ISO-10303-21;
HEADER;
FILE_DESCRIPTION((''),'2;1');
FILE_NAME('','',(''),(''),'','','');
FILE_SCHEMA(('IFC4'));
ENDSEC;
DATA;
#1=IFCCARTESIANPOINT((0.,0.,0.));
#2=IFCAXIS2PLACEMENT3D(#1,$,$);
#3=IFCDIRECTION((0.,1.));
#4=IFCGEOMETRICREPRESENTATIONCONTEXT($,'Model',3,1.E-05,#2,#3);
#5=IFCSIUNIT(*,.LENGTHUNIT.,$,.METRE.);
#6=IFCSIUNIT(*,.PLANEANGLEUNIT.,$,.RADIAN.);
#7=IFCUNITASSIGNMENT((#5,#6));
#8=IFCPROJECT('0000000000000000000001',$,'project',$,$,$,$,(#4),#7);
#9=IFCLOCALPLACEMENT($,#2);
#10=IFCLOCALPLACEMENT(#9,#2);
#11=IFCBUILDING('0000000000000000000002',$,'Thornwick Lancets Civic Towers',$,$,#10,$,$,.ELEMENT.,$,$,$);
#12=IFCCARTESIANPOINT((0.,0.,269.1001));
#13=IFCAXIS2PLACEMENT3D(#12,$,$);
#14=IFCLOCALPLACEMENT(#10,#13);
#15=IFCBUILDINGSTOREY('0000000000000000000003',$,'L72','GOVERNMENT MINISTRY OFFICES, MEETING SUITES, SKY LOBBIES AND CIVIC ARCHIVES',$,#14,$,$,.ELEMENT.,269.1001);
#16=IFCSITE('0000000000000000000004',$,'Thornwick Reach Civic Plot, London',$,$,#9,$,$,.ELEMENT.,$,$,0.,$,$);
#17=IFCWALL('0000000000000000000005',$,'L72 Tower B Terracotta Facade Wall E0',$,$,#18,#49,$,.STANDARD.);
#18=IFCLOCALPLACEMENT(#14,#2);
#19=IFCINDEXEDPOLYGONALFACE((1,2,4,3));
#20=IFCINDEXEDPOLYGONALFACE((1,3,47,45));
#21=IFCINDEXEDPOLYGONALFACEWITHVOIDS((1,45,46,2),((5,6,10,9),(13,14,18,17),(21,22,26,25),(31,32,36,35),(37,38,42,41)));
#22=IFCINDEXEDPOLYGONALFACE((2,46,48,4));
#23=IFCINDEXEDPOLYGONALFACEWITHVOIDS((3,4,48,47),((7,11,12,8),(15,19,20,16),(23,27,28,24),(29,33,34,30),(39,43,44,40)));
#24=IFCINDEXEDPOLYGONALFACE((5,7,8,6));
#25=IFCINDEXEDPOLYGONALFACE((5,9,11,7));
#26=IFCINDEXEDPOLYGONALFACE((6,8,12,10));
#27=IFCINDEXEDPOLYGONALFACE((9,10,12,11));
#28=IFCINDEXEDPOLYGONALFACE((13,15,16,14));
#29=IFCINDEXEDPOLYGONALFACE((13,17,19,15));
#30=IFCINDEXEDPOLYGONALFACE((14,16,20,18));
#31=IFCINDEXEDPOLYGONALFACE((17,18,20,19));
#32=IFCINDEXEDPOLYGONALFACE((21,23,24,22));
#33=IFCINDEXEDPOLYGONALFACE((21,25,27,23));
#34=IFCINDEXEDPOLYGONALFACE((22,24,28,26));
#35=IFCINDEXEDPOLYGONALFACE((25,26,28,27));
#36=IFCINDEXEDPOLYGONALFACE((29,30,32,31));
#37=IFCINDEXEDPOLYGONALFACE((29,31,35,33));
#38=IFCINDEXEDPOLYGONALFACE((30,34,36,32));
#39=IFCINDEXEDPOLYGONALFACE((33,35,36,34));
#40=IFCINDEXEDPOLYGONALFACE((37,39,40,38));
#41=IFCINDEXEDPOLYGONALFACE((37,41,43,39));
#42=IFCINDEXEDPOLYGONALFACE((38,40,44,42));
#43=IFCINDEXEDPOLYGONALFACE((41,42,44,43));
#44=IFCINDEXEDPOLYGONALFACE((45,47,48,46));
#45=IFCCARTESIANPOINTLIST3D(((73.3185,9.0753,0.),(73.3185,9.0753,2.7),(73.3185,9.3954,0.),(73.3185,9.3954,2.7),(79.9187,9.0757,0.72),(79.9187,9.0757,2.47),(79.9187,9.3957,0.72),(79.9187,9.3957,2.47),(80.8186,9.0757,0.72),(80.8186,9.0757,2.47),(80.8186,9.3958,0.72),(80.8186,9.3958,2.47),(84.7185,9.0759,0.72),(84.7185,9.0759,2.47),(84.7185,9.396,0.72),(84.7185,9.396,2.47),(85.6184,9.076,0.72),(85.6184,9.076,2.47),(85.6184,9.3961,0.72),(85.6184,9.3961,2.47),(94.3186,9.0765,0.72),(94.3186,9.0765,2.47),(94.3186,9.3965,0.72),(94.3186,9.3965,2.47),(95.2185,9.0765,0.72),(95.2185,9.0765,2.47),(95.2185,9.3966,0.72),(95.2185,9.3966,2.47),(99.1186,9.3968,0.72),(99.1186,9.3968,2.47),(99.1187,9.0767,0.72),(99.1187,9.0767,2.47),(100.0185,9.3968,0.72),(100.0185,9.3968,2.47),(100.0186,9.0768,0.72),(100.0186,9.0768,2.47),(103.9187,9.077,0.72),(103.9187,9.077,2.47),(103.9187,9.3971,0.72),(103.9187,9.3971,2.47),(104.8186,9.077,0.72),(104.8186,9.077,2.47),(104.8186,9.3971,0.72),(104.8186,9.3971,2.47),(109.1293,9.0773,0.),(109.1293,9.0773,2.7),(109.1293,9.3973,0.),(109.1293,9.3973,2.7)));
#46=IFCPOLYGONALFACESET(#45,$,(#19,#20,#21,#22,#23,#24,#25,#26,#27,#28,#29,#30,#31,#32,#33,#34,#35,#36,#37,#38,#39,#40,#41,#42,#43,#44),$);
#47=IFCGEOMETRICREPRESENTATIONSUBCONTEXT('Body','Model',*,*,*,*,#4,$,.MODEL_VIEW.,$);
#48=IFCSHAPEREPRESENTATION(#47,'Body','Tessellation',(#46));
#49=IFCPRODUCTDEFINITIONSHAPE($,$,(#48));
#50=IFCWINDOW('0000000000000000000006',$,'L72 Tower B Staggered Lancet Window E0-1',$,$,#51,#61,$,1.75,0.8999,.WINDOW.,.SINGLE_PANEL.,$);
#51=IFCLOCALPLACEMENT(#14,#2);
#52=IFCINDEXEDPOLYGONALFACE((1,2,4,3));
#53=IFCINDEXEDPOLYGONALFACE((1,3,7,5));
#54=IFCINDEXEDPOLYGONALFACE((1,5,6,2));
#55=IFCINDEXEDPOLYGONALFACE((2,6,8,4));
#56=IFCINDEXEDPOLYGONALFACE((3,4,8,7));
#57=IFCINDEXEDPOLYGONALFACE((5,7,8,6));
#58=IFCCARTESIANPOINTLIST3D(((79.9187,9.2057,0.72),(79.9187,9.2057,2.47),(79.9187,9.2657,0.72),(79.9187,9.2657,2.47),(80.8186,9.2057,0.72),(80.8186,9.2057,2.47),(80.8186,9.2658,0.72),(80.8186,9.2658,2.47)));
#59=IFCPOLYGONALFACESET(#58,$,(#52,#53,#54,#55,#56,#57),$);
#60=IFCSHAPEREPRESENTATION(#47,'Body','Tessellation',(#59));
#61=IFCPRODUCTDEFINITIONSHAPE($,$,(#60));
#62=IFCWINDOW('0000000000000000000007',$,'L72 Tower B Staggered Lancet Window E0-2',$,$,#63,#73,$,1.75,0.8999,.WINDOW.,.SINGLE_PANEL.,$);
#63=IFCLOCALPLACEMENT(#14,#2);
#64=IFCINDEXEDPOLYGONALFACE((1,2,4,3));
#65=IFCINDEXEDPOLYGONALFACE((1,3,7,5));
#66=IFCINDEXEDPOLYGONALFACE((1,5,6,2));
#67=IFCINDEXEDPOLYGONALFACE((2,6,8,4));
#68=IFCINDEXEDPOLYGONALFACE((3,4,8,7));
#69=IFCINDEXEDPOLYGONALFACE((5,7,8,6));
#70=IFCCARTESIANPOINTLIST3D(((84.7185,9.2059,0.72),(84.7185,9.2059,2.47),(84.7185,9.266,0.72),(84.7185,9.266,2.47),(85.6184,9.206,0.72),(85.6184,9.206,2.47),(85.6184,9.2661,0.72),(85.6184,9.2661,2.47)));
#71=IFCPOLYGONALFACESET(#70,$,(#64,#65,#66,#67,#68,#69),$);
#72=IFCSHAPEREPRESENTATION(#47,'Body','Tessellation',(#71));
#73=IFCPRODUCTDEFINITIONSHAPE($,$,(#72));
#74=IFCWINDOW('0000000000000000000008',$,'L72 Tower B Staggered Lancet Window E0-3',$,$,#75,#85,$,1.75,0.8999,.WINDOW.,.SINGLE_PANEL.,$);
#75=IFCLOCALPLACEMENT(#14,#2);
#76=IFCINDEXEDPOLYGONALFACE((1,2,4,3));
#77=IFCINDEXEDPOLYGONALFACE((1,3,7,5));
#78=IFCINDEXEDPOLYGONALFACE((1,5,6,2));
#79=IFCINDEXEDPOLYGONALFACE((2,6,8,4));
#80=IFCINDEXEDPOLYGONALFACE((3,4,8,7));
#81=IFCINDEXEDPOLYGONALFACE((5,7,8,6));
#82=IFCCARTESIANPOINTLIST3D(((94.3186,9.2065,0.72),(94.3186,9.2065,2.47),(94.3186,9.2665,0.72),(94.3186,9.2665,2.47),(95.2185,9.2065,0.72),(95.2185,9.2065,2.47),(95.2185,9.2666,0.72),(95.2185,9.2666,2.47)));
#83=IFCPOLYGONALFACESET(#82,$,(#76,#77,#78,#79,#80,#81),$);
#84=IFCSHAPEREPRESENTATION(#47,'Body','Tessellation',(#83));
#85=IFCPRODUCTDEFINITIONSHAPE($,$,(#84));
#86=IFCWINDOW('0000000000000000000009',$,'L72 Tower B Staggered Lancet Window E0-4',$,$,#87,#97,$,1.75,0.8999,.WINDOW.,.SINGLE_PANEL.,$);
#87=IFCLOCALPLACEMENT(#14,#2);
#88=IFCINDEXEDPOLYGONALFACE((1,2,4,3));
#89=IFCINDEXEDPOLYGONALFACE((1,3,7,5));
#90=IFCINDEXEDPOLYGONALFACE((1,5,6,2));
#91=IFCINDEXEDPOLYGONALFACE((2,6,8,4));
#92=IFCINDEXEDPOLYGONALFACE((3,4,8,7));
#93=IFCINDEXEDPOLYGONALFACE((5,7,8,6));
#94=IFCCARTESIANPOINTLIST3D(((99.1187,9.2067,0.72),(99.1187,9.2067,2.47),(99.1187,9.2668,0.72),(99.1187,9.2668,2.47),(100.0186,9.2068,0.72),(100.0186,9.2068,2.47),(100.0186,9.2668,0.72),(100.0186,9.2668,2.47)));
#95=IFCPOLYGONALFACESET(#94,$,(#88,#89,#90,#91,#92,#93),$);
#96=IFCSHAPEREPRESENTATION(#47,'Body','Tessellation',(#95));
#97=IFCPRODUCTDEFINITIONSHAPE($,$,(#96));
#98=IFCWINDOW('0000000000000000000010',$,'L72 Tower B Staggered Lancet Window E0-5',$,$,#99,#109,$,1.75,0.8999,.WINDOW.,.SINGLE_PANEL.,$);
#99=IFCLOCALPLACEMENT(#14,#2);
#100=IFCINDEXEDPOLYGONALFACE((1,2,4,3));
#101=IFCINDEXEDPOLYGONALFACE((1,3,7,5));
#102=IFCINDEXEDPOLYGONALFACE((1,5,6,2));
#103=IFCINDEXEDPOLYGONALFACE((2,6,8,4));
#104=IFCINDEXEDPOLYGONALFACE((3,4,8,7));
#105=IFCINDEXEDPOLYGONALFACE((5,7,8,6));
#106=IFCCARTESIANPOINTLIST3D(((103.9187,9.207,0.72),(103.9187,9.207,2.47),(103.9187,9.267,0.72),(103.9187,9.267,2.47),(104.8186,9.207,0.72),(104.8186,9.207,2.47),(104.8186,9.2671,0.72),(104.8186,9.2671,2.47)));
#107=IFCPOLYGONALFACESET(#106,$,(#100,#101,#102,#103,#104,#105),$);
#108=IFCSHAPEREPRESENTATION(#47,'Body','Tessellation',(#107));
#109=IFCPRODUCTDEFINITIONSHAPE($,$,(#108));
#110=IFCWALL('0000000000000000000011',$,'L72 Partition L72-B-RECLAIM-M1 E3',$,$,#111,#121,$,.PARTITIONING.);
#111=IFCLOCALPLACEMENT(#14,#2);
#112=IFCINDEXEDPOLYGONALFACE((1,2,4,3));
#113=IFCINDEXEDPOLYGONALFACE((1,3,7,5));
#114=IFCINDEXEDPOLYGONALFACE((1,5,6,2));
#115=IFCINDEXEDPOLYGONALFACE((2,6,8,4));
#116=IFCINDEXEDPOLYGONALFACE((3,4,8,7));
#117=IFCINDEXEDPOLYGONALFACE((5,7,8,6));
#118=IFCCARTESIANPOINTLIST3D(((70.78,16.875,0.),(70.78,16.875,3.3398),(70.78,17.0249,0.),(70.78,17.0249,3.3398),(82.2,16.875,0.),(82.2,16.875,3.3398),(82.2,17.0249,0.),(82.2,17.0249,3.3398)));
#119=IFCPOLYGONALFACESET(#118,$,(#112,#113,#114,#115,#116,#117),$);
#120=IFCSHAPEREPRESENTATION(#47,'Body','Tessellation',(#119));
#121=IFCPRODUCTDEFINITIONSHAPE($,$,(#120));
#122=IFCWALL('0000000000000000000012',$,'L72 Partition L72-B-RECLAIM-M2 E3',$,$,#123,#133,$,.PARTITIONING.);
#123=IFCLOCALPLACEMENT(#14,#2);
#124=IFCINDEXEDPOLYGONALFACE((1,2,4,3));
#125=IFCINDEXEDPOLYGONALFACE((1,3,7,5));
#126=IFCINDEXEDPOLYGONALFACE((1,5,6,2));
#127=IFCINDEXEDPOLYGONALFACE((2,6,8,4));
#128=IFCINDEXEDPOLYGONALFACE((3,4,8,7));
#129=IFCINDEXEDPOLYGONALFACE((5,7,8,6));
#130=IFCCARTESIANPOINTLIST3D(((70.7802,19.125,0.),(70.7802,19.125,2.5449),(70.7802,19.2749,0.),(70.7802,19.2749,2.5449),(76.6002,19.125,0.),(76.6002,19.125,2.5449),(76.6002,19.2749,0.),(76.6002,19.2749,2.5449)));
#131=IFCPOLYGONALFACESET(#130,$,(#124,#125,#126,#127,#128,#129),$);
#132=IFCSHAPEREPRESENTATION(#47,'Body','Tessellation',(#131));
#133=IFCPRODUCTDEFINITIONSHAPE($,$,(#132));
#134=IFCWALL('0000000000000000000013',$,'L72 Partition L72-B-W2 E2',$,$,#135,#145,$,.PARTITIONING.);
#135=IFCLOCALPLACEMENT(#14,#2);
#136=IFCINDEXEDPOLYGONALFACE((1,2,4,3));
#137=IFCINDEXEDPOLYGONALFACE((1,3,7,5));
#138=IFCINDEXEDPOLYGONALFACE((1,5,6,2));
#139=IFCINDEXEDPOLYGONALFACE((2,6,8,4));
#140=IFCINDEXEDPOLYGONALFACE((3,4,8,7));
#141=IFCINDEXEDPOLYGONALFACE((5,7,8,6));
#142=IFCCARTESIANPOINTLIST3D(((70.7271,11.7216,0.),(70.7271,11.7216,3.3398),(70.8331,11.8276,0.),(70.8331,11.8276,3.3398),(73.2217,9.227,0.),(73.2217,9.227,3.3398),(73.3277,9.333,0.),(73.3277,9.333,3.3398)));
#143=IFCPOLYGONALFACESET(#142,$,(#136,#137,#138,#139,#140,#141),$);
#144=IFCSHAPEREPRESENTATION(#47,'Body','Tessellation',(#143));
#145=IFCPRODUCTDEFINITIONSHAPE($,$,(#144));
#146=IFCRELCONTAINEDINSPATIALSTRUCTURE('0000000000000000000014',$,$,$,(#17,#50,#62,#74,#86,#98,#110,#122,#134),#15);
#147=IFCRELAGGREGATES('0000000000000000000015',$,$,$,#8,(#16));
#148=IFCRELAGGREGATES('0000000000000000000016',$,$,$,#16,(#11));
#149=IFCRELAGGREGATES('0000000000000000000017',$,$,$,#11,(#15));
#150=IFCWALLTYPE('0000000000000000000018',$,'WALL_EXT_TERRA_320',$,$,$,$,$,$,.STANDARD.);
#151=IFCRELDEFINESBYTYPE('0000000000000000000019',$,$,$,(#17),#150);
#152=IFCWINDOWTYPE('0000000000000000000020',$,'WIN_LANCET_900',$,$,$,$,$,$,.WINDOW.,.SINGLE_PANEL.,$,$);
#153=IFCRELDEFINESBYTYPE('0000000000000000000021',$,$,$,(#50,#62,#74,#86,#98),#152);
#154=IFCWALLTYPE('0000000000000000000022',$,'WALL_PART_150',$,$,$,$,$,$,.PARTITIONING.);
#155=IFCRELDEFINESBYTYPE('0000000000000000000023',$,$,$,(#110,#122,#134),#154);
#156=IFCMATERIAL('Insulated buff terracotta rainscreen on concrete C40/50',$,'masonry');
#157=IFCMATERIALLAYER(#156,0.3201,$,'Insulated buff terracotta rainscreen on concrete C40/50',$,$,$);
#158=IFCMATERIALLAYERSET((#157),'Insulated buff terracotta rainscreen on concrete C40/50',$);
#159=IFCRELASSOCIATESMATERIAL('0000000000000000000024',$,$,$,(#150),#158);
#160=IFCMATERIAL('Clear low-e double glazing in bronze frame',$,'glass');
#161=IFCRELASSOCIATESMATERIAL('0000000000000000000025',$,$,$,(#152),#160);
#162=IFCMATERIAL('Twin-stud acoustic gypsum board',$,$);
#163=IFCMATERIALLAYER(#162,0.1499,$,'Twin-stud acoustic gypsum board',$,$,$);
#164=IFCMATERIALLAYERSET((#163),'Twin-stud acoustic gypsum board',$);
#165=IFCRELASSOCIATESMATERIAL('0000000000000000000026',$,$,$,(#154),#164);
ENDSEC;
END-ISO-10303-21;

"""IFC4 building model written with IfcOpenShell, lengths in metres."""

from ifc_helpers import new_model, si_unit, direction, frame, frame_2d, origin, place, context, subcontext, project, spatial, rectangle, extrude, material, layer, layer_set, type_object, element, fill, save


model = new_model("IFC4")

# Units and contexts
model_context = context("Model", 3, precision=1e-05, world=origin(), true_north=direction((0.0, 1.0)))
body_context = subcontext(model_context, "Body", "Model", "MODEL_VIEW")
ifc_project = project(units=[si_unit("LENGTHUNIT", "METRE"), si_unit("PLANEANGLEUNIT", "RADIAN")], contexts=[model_context])

# Site, building, storey
site_placement = place(None, origin())
site = spatial("IfcSite", under=ifc_project, at=site_placement, Name="Thornwick Reach Civic Plot, London", CompositionType="ELEMENT", RefElevation=0.0)
building_placement = place(site_placement, origin())
building = spatial("IfcBuilding", under=site, at=building_placement, Name="Thornwick Lancets Civic Towers", CompositionType="ELEMENT")
storey_placement = place(building_placement, frame((0.0, 0.0, 269.1001)))
storey = spatial("IfcBuildingStorey", under=building, at=storey_placement, Name="L72", Description="GOVERNMENT MINISTRY OFFICES, MEETING SUITES, SKY LOBBIES AND CIVIC ARCHIVES", CompositionType="ELEMENT", Elevation=269.1001)

# Wall, openings, windows
ifc_material_1 = material(Name="Insulated buff terracotta rainscreen on concrete C40/50", Category="masonry")
ifc_layer_1 = layer(ifc_material_1, 0.3201, Name="Insulated buff terracotta rainscreen on concrete C40/50")
ifc_layer_set_1 = layer_set([ifc_layer_1], Name="Insulated buff terracotta rainscreen on concrete C40/50")
wall_type_1 = type_object("IfcWallType", Name="WALL_EXT_TERRA_320", PredefinedType="STANDARD", material=ifc_layer_set_1)
ifc_material_2 = material(Name="Clear low-e double glazing in bronze frame", Category="glass")
window_type = type_object("IfcWindowType", Name="WIN_LANCET_900", PartitioningType="SINGLE_PANEL", PredefinedType="WINDOW", material=ifc_material_2)
wall_1_placement = place(storey_placement, frame((73.3186, 9.2354, 0.0), z_axis=(0.0, 0.0, 1.0), x_axis=(1.0, 0.000055, 0.0)))
wall_1 = element("IfcWall", 1, at=wall_1_placement, inside=storey, type_object=wall_type_1, Name="L72 Tower B Terracotta Facade Wall E0", PredefinedType="STANDARD", context=body_context, shape_type="SweptSolid", body=[
    extrude(rectangle(XDim=35.8108, YDim=0.3201, at=frame_2d((17.9053, 0.0))), origin(), (0.0, 0.0, 1.0), 2.7),
])
opening_1_placement = place(wall_1_placement, frame((6.6001, 0.0, 0.72)))
opening_1 = element("IfcOpeningElement", 2, at=opening_1_placement, cuts=wall_1, PredefinedType="OPENING", context=body_context, shape_type="SweptSolid", body=[
    extrude(rectangle(XDim=0.8999, YDim=1.75, at=frame_2d((0.45, 0.875))), frame((0.0, 0.1699, 0.0), z_axis=(0.0, -1.0, 0.0), x_axis=(1.0, 0.0, 0.0)), (0.0, 0.0, 1.0), 0.3401),
])
opening_2_placement = place(wall_1_placement, frame((11.3999, 0.0, 0.72)))
opening_2 = element("IfcOpeningElement", 3, at=opening_2_placement, cuts=wall_1, PredefinedType="OPENING", context=body_context, shape_type="SweptSolid", body=[
    extrude(rectangle(XDim=0.8999, YDim=1.75, at=frame_2d((0.45, 0.875))), frame((0.0, 0.1699, 0.0), z_axis=(0.0, -1.0, 0.0), x_axis=(1.0, 0.0, 0.0)), (0.0, 0.0, 1.0), 0.3401),
])
opening_3_placement = place(wall_1_placement, frame((21.0, 0.0, 0.72)))
opening_3 = element("IfcOpeningElement", 4, at=opening_3_placement, cuts=wall_1, PredefinedType="OPENING", context=body_context, shape_type="SweptSolid", body=[
    extrude(rectangle(XDim=0.8999, YDim=1.75, at=frame_2d((0.45, 0.875))), frame((0.0, 0.1699, 0.0), z_axis=(0.0, -1.0, 0.0), x_axis=(1.0, 0.0, 0.0)), (0.0, 0.0, 1.0), 0.3401),
])
opening_4_placement = place(wall_1_placement, frame((25.8, 0.0, 0.72)))
opening_4 = element("IfcOpeningElement", 5, at=opening_4_placement, cuts=wall_1, PredefinedType="OPENING", context=body_context, shape_type="SweptSolid", body=[
    extrude(rectangle(XDim=0.8999, YDim=1.75, at=frame_2d((0.45, 0.875))), frame((0.0, 0.1699, 0.0), z_axis=(0.0, -1.0, 0.0), x_axis=(1.0, 0.0, 0.0)), (0.0, 0.0, 1.0), 0.3401),
])
opening_5_placement = place(wall_1_placement, frame((30.6001, 0.0, 0.72)))
opening_5 = element("IfcOpeningElement", 6, at=opening_5_placement, cuts=wall_1, PredefinedType="OPENING", context=body_context, shape_type="SweptSolid", body=[
    extrude(rectangle(XDim=0.8999, YDim=1.75, at=frame_2d((0.45, 0.875))), frame((0.0, 0.1699, 0.0), z_axis=(0.0, -1.0, 0.0), x_axis=(1.0, 0.0, 0.0)), (0.0, 0.0, 1.0), 0.3401),
])
window_1_placement = place(opening_1_placement, origin())
window_1 = element("IfcWindow", 7, at=window_1_placement, inside=storey, type_object=window_type, Name="L72 Tower B Staggered Lancet Window E0-1", OverallHeight=1.75, OverallWidth=0.8999, PartitioningType="SINGLE_PANEL", PredefinedType="WINDOW", context=body_context, shape_type="SweptSolid", body=[
    extrude(rectangle(XDim=0.8999, YDim=1.75, at=frame_2d((0.45, 0.875))), frame((0.0, 0.03, 0.0), z_axis=(0.0, -1.0, 0.0), x_axis=(1.0, 0.0, 0.0)), (0.0, 0.0, 1.0), 0.0601),
])
fill(opening_1, window_1)
window_2_placement = place(opening_2_placement, origin())
window_2 = element("IfcWindow", 8, at=window_2_placement, inside=storey, type_object=window_type, Name="L72 Tower B Staggered Lancet Window E0-2", OverallHeight=1.75, OverallWidth=0.8999, PartitioningType="SINGLE_PANEL", PredefinedType="WINDOW", context=body_context, shape_type="SweptSolid", body=[
    extrude(rectangle(XDim=0.8999, YDim=1.75, at=frame_2d((0.45, 0.875))), frame((0.0, 0.03, 0.0), z_axis=(0.0, -1.0, 0.0), x_axis=(1.0, 0.0, 0.0)), (0.0, 0.0, 1.0), 0.0601),
])
fill(opening_2, window_2)
window_3_placement = place(opening_3_placement, origin())
window_3 = element("IfcWindow", 9, at=window_3_placement, inside=storey, type_object=window_type, Name="L72 Tower B Staggered Lancet Window E0-3", OverallHeight=1.75, OverallWidth=0.8999, PartitioningType="SINGLE_PANEL", PredefinedType="WINDOW", context=body_context, shape_type="SweptSolid", body=[
    extrude(rectangle(XDim=0.8999, YDim=1.75, at=frame_2d((0.45, 0.875))), frame((0.0, 0.03, 0.0), z_axis=(0.0, -1.0, 0.0), x_axis=(1.0, 0.0, 0.0)), (0.0, 0.0, 1.0), 0.0601),
])
fill(opening_3, window_3)
window_4_placement = place(opening_4_placement, origin())
window_4 = element("IfcWindow", 10, at=window_4_placement, inside=storey, type_object=window_type, Name="L72 Tower B Staggered Lancet Window E0-4", OverallHeight=1.75, OverallWidth=0.8999, PartitioningType="SINGLE_PANEL", PredefinedType="WINDOW", context=body_context, shape_type="SweptSolid", body=[
    extrude(rectangle(XDim=0.8999, YDim=1.75, at=frame_2d((0.45, 0.875))), frame((0.0, 0.03, 0.0), z_axis=(0.0, -1.0, 0.0), x_axis=(1.0, 0.0, 0.0)), (0.0, 0.0, 1.0), 0.0601),
])
fill(opening_4, window_4)
window_5_placement = place(opening_5_placement, origin())
window_5 = element("IfcWindow", 11, at=window_5_placement, inside=storey, type_object=window_type, Name="L72 Tower B Staggered Lancet Window E0-5", OverallHeight=1.75, OverallWidth=0.8999, PartitioningType="SINGLE_PANEL", PredefinedType="WINDOW", context=body_context, shape_type="SweptSolid", body=[
    extrude(rectangle(XDim=0.8999, YDim=1.75, at=frame_2d((0.45, 0.875))), frame((0.0, 0.03, 0.0), z_axis=(0.0, -1.0, 0.0), x_axis=(1.0, 0.0, 0.0)), (0.0, 0.0, 1.0), 0.0601),
])
fill(opening_5, window_5)

# Walls
ifc_material_3 = material(Name="Twin-stud acoustic gypsum board")
ifc_layer_2 = layer(ifc_material_3, 0.1499, Name="Twin-stud acoustic gypsum board")
ifc_layer_set_2 = layer_set([ifc_layer_2], Name="Twin-stud acoustic gypsum board")
wall_type_2 = type_object("IfcWallType", Name="WALL_PART_150", PredefinedType="PARTITIONING", material=ifc_layer_set_2)
wall_2_placement = place(storey_placement, frame((70.78, 16.95, 0.0), z_axis=(0.0, 0.0, 1.0), x_axis=(1.0, 0.0, 0.0)))
element("IfcWall", 12, at=wall_2_placement, inside=storey, type_object=wall_type_2, Name="L72 Partition L72-B-RECLAIM-M1 E3", PredefinedType="PARTITIONING", context=body_context, shape_type="SweptSolid", body=[
    extrude(rectangle(XDim=11.4199, YDim=0.1499, at=frame_2d((5.71, 0.0))), origin(), (0.0, 0.0, 1.0), 3.3398),
])
wall_3_placement = place(storey_placement, frame((70.78, 19.2, 0.0), z_axis=(0.0, 0.0, 1.0), x_axis=(1.0, 0.0, 0.0)))
element("IfcWall", 13, at=wall_3_placement, inside=storey, type_object=wall_type_2, Name="L72 Partition L72-B-RECLAIM-M2 E3", PredefinedType="PARTITIONING", context=body_context, shape_type="SweptSolid", body=[
    extrude(rectangle(XDim=5.8201, YDim=0.1499, at=frame_2d((2.9102, 0.0))), origin(), (0.0, 0.0, 1.0), 2.5449),
])
wall_4_placement = place(storey_placement, frame((73.2747, 9.28, 0.0), z_axis=(0.0, 0.0, 1.0), x_axis=(-0.707107, 0.707107, 0.0)))
element("IfcWall", 14, at=wall_4_placement, inside=storey, type_object=wall_type_2, Name="L72 Partition L72-B-W2 E2", PredefinedType="PARTITIONING", context=body_context, shape_type="SweptSolid", body=[
    extrude(rectangle(XDim=3.5278, YDim=0.1499, at=frame_2d((1.7639, 0.0))), origin(), (0.0, 0.0, 1.0), 3.3398),
])

save(model, "model.ifc")
